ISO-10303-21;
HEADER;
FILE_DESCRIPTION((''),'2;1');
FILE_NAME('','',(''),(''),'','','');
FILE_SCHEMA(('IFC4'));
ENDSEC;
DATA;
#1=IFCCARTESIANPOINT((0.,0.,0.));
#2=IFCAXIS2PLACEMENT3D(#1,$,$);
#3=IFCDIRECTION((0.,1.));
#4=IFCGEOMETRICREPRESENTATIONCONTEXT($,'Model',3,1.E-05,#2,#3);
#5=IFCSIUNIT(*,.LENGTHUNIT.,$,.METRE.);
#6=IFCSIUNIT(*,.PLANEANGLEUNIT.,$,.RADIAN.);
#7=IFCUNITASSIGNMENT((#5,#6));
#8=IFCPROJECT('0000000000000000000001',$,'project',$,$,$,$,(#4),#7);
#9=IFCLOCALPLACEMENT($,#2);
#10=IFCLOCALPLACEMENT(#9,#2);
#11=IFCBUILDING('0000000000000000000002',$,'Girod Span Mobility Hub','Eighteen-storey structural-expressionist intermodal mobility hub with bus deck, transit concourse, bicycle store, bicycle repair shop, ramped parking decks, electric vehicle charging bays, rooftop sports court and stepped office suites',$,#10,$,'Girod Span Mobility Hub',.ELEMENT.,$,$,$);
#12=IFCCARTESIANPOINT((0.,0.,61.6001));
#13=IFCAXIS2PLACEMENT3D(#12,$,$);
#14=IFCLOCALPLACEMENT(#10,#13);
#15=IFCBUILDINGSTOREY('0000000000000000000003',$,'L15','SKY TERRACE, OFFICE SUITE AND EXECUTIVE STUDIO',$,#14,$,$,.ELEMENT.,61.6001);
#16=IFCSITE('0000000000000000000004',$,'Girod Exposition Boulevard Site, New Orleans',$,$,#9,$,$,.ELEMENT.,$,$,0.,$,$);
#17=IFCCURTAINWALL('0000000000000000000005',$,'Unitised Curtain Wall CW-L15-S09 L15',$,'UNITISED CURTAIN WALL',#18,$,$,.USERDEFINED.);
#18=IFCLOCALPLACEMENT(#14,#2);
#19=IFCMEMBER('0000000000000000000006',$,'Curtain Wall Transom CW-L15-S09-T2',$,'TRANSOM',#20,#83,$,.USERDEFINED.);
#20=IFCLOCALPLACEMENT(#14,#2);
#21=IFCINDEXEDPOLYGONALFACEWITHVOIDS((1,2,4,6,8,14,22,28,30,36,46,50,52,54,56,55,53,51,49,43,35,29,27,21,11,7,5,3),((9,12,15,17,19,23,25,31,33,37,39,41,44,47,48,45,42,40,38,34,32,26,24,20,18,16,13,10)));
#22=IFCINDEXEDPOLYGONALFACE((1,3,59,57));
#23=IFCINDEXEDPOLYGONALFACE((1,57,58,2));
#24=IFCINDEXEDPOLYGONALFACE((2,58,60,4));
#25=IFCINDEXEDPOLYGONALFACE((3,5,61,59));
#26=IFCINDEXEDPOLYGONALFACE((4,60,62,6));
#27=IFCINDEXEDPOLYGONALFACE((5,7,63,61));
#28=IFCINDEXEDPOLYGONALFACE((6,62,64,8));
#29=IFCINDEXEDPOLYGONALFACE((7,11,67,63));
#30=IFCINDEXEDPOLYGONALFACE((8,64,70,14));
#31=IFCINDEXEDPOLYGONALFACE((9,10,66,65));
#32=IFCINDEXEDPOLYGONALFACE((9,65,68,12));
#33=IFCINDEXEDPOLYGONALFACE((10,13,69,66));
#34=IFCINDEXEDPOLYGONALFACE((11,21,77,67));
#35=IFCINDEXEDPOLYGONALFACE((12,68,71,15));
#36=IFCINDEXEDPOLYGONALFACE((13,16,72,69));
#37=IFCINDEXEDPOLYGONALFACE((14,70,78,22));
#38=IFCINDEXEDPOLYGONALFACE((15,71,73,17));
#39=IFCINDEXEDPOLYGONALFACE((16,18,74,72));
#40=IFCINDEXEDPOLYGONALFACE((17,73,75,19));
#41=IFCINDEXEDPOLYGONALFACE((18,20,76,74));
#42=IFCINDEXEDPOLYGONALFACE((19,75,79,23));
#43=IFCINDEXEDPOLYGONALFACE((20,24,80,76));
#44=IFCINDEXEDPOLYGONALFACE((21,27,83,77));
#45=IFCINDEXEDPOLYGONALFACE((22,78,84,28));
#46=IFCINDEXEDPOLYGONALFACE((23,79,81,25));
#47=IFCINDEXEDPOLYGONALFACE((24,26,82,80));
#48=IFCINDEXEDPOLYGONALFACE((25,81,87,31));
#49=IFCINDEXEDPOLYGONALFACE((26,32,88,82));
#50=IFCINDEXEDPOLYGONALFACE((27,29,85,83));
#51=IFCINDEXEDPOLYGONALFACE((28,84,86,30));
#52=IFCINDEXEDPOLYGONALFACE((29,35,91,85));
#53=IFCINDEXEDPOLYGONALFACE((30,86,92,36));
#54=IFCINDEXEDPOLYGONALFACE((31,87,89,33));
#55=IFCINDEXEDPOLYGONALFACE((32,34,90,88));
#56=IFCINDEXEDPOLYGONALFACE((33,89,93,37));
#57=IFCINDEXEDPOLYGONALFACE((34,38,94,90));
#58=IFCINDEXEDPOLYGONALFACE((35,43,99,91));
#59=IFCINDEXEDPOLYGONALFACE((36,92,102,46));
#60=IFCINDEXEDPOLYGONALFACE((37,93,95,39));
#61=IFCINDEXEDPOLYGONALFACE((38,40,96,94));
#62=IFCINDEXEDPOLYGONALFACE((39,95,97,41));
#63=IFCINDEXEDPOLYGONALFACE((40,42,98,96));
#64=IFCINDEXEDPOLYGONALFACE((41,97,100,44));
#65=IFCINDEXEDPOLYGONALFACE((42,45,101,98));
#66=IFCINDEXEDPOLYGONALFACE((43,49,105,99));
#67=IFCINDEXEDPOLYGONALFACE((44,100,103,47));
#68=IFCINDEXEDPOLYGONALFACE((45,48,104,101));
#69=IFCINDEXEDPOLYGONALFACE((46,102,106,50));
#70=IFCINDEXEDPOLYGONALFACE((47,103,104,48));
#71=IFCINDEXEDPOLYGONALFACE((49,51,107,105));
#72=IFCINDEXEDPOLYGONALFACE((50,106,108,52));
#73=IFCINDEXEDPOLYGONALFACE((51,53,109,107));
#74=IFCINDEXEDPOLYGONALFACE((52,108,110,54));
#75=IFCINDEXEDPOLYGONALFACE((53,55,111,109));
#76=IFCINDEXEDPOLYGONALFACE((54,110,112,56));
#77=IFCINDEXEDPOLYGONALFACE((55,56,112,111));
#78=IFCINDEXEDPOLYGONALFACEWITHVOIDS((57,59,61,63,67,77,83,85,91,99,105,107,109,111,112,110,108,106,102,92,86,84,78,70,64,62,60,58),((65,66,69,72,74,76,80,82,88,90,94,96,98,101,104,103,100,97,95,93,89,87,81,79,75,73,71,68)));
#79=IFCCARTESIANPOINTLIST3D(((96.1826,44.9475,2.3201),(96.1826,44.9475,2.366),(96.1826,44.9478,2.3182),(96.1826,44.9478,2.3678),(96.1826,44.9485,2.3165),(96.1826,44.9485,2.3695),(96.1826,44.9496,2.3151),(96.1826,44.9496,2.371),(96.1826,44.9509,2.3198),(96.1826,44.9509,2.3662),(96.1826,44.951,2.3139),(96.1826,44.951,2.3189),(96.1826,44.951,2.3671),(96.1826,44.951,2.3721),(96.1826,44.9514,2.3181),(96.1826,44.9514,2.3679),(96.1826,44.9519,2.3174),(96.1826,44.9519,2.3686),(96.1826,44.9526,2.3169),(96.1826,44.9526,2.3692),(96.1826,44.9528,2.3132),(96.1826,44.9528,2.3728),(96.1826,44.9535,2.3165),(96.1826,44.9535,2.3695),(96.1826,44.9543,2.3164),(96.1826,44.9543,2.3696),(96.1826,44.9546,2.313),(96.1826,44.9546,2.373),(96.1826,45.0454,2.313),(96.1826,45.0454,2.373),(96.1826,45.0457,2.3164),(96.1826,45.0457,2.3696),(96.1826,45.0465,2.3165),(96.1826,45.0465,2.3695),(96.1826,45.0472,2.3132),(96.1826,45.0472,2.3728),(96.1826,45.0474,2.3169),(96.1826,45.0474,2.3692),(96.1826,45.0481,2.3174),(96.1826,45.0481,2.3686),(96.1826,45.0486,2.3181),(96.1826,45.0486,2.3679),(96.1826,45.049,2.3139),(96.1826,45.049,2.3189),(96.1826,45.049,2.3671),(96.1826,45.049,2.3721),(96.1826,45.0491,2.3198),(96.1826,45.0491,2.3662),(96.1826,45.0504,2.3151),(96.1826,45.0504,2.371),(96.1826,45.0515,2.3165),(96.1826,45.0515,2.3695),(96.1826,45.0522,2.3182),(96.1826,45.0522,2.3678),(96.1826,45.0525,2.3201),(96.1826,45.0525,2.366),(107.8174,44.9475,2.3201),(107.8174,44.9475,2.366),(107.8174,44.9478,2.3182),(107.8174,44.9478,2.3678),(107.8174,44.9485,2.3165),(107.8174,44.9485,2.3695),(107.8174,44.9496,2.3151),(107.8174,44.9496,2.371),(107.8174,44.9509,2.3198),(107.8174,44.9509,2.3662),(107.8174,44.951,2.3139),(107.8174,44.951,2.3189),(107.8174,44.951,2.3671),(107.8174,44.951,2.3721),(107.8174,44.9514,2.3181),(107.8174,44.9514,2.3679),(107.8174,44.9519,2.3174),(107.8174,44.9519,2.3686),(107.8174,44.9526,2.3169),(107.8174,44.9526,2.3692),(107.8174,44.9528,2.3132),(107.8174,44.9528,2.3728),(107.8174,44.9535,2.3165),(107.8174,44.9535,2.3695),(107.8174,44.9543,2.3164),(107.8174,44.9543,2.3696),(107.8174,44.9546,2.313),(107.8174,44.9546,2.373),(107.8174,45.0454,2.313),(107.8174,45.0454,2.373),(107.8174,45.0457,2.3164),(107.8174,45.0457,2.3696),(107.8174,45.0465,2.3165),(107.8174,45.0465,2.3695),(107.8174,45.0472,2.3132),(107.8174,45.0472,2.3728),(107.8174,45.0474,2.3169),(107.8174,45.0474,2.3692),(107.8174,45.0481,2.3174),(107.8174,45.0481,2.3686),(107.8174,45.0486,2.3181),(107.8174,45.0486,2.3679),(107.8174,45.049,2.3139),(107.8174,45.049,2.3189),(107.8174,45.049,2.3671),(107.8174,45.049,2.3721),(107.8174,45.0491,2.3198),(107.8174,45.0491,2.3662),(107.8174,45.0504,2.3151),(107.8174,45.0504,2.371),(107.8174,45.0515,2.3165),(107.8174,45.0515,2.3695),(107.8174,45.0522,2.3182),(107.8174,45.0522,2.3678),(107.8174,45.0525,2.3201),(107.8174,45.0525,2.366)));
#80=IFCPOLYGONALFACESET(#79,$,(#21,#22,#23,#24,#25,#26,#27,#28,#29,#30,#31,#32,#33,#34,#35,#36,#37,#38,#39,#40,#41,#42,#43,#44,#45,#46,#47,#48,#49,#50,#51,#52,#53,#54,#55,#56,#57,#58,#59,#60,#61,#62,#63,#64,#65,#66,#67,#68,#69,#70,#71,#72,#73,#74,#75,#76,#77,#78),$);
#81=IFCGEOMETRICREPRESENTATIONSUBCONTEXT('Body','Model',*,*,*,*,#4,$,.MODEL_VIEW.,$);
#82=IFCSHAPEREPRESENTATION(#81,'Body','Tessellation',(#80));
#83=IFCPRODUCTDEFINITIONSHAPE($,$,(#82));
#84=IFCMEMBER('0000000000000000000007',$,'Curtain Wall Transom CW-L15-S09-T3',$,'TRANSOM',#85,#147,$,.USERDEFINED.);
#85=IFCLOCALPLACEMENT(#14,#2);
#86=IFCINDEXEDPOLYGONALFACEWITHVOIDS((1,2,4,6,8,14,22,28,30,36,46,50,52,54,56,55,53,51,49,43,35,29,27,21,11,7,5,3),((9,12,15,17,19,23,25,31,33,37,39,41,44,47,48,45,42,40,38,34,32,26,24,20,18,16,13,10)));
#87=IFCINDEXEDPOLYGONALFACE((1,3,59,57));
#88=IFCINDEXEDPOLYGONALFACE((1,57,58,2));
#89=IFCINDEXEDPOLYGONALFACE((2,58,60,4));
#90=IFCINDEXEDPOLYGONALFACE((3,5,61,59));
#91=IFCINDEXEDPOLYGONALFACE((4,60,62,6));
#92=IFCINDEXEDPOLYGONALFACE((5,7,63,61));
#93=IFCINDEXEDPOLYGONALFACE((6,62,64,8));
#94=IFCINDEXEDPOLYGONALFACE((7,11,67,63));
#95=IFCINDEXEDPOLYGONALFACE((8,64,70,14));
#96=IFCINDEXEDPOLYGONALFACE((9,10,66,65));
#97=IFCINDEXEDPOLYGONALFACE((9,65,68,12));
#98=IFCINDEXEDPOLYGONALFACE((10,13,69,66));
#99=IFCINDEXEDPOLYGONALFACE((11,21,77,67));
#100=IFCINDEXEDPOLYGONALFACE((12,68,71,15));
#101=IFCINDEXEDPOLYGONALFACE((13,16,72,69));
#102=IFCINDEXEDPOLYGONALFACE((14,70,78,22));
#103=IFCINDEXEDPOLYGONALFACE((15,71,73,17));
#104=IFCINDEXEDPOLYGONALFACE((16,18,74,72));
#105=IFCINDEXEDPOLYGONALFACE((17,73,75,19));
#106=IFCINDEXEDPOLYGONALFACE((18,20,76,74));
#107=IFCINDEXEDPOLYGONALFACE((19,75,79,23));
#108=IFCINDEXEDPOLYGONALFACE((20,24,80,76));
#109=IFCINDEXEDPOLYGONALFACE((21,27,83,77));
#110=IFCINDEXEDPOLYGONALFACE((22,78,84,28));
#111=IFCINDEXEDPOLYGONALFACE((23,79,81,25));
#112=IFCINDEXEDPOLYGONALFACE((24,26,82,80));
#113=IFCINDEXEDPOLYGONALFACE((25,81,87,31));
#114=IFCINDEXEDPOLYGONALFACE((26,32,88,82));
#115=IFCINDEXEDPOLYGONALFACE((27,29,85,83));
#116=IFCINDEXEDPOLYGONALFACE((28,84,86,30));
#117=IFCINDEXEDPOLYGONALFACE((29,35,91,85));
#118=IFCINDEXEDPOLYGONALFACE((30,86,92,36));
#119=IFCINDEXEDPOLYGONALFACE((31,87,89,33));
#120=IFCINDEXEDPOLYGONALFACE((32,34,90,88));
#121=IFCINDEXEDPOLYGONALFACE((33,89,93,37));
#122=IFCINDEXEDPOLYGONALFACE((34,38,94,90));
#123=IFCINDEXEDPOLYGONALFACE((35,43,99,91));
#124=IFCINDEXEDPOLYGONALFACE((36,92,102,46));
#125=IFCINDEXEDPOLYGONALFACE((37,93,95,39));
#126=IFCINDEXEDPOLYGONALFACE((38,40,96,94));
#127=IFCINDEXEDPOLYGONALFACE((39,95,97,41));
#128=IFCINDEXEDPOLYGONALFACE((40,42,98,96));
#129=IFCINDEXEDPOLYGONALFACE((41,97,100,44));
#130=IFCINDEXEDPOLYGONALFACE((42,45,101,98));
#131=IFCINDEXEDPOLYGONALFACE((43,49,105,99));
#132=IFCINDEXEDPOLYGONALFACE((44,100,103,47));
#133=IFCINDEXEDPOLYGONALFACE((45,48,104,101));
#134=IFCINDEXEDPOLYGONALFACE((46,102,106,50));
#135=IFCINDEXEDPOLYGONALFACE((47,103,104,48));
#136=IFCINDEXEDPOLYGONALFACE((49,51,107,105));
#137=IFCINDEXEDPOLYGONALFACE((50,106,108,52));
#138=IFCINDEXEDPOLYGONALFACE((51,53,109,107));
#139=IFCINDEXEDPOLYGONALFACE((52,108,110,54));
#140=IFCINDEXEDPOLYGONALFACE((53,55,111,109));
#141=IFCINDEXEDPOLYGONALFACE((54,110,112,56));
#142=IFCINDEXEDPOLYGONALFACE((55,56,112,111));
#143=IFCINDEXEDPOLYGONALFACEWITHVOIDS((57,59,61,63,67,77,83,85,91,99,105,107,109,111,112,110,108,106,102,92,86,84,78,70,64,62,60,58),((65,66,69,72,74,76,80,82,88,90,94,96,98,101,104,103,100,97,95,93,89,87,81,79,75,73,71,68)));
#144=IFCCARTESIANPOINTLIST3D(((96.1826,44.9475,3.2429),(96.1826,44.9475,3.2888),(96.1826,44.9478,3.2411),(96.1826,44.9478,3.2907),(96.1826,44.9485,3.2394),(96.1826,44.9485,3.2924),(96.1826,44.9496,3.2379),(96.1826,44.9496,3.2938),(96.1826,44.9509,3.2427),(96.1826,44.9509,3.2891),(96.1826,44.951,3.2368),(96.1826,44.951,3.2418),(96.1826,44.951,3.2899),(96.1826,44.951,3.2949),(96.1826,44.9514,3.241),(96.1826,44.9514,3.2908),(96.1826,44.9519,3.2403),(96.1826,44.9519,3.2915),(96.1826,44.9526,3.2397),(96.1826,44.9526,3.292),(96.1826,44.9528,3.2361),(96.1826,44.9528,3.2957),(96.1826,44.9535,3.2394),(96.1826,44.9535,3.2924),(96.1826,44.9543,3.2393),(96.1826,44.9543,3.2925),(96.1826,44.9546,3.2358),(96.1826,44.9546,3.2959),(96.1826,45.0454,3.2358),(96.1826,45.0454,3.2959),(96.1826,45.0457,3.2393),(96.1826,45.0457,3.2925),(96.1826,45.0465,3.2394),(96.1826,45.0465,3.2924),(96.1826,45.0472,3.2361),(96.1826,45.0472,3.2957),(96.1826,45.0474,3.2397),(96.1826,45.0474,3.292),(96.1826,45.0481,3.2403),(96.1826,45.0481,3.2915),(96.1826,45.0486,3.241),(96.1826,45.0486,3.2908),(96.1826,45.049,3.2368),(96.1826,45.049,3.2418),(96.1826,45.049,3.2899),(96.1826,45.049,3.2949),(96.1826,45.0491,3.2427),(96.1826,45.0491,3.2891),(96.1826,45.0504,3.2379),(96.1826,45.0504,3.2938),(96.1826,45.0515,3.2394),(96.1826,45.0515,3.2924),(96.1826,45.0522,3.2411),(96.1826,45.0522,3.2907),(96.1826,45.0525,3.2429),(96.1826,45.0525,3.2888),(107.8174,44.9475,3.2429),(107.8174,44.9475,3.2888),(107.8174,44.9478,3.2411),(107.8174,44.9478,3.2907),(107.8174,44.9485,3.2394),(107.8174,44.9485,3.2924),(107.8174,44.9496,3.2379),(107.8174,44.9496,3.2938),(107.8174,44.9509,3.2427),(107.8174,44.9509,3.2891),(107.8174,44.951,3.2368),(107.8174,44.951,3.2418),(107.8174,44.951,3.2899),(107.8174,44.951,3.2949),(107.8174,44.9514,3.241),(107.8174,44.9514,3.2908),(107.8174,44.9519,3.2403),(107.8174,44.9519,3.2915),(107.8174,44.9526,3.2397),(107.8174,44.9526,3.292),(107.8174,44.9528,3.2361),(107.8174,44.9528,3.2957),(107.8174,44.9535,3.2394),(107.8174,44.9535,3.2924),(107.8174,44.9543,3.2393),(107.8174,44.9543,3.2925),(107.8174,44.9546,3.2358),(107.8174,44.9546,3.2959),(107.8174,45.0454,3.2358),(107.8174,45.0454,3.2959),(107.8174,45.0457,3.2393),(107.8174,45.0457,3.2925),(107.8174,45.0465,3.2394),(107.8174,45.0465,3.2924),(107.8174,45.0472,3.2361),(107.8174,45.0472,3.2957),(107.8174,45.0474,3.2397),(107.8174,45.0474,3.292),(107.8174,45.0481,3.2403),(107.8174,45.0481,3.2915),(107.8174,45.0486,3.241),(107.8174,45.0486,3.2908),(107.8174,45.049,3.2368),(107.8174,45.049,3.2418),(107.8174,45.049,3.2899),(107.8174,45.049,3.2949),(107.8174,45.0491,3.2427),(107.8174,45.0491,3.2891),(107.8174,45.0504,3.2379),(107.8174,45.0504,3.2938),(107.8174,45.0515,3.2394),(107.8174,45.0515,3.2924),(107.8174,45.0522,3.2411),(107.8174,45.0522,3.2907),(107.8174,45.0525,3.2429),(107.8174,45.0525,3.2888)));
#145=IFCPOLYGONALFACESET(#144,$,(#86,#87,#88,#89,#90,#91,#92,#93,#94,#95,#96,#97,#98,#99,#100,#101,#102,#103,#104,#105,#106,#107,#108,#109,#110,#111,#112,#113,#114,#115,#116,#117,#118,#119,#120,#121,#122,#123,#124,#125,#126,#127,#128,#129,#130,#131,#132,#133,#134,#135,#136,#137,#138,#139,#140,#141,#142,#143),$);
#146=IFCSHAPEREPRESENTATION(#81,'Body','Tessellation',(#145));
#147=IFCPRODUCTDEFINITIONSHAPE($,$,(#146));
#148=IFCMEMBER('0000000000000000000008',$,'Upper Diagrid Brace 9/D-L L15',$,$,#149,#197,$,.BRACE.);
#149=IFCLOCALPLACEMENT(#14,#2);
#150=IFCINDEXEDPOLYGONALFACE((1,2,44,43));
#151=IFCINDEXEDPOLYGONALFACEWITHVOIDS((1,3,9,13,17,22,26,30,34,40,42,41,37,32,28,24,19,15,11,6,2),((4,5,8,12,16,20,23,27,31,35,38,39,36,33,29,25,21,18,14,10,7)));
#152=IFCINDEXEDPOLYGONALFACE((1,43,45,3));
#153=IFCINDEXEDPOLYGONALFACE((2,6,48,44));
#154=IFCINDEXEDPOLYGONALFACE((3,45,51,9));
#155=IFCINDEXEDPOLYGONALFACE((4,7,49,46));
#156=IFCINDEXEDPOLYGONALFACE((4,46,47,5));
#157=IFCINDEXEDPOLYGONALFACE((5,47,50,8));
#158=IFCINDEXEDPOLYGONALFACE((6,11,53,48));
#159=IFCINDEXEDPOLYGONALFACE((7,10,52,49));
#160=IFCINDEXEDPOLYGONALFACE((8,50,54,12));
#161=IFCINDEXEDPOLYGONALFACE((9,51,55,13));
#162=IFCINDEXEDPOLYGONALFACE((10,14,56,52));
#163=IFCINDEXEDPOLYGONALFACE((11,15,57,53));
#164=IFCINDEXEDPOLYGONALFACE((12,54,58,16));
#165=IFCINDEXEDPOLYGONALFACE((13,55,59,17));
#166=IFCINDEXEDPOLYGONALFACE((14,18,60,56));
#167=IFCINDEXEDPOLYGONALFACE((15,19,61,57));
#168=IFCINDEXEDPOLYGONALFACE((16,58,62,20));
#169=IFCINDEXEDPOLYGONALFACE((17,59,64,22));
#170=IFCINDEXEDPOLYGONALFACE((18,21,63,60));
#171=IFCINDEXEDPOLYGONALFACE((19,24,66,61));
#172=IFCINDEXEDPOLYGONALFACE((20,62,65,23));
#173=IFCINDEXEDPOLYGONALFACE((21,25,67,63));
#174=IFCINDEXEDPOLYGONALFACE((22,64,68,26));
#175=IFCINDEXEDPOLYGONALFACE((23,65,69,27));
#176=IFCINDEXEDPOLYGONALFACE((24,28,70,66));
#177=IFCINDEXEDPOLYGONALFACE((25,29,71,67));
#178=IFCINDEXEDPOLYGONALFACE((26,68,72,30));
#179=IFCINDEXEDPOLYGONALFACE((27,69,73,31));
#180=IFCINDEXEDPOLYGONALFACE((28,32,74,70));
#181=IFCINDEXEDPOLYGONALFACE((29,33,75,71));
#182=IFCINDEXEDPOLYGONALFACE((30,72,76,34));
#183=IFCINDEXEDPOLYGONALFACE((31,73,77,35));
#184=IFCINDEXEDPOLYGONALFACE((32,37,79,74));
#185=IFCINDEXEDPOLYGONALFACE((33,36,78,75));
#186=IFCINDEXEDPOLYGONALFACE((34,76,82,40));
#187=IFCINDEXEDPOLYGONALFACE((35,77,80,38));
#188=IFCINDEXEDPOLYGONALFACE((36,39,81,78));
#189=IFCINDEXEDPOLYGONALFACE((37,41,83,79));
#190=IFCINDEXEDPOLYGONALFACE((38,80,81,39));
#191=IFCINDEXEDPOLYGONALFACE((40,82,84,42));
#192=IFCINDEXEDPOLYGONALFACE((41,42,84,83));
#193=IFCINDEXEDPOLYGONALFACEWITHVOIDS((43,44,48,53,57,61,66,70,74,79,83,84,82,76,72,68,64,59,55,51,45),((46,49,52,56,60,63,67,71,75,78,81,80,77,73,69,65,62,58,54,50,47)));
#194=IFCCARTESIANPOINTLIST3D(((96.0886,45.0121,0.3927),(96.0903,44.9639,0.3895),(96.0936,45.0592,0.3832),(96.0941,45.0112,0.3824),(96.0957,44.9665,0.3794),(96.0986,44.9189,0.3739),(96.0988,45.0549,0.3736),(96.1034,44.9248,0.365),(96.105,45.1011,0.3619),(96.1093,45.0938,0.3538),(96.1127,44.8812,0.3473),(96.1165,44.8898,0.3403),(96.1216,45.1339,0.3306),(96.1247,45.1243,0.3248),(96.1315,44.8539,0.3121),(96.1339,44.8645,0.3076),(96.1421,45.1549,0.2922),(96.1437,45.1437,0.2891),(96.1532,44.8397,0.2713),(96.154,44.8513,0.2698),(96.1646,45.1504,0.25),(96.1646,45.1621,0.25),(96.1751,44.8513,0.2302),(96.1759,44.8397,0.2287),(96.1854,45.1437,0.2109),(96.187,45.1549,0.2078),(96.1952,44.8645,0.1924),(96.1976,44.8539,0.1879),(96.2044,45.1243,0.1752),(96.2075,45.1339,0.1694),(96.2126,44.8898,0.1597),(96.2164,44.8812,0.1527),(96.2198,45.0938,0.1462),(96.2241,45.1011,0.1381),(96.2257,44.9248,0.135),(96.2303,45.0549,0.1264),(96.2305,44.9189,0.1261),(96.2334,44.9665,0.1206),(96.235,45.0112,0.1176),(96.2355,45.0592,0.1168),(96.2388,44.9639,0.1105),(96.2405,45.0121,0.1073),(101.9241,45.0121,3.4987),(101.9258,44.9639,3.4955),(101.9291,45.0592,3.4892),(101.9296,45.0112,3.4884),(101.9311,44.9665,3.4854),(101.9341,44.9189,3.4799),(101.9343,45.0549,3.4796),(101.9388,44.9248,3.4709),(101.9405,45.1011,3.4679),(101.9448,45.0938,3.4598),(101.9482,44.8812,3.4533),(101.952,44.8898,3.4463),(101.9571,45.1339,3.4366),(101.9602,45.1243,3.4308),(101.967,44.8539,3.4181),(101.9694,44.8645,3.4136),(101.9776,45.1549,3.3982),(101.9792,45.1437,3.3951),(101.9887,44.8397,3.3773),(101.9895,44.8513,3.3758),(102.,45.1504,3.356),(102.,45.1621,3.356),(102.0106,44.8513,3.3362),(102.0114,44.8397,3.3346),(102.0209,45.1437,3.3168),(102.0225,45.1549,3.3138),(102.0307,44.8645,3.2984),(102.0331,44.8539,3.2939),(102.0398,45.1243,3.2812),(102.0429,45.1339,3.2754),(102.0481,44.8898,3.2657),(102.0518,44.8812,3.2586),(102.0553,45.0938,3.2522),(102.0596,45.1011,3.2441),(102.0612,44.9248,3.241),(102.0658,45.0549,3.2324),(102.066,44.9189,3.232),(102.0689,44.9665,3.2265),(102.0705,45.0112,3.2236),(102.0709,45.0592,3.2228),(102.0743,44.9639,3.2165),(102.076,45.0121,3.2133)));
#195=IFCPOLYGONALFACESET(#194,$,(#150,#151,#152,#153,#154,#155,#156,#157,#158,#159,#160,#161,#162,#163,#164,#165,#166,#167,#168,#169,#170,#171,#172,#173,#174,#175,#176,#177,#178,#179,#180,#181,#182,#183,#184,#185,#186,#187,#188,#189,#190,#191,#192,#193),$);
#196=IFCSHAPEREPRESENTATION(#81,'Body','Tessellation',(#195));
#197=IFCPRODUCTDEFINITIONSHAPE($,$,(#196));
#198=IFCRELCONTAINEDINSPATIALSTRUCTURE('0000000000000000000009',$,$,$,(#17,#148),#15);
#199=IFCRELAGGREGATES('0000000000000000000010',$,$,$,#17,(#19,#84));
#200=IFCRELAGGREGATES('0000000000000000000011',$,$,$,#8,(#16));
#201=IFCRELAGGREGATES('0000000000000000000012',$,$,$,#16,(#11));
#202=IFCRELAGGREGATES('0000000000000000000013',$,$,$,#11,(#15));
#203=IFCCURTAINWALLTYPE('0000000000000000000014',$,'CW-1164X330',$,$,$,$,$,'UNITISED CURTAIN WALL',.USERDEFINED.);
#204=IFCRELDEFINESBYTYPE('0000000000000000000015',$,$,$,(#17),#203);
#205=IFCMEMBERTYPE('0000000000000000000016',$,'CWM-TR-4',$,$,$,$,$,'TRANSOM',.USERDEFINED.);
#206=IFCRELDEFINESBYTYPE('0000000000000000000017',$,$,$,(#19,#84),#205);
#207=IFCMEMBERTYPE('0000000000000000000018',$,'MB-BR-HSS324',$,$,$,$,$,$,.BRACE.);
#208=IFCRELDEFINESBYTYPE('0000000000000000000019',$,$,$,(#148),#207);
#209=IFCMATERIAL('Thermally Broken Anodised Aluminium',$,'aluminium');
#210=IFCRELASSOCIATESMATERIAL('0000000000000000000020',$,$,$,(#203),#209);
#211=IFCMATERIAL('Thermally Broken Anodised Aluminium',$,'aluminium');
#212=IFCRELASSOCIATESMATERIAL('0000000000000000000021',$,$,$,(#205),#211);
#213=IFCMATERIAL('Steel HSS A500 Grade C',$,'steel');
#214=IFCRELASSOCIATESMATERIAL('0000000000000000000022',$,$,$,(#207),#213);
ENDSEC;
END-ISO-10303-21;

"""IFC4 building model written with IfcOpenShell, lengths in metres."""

from ifc_helpers import new_model, si_unit, direction, frame, origin, origin_2d, place, context, subcontext, project, spatial, hollow_rectangle, hollow_circle, extrude, material, material_profile, profile_set, type_object, element, aggregate, save


model = new_model("IFC4")

# Units and contexts
model_context = context("Model", 3, precision=1e-05, world=origin(), true_north=direction((0.0, 1.0)))
body_context = subcontext(model_context, "Body", "Model", "MODEL_VIEW")
ifc_project = project(units=[si_unit("LENGTHUNIT", "METRE"), si_unit("PLANEANGLEUNIT", "RADIAN")], contexts=[model_context])

# Site, building, storey
site_placement = place(None, origin())
site = spatial("IfcSite", under=ifc_project, at=site_placement, Name="Girod Exposition Boulevard Site, New Orleans", CompositionType="ELEMENT", RefElevation=0.0)
building_placement = place(site_placement, origin())
building = spatial("IfcBuilding", under=site, at=building_placement, Name="Girod Span Mobility Hub", Description="Eighteen-storey structural-expressionist intermodal mobility hub with bus deck, transit concourse, bicycle store, bicycle repair shop, ramped parking decks, electric vehicle charging bays, rooftop sports court and stepped office suites", LongName="Girod Span Mobility Hub", CompositionType="ELEMENT")
storey_placement = place(building_placement, frame((0.0, 0.0, 61.6001)))
storey = spatial("IfcBuildingStorey", under=building, at=storey_placement, Name="L15", Description="SKY TERRACE, OFFICE SUITE AND EXECUTIVE STUDIO", CompositionType="ELEMENT", Elevation=61.6001)

# Shared definitions
ifc_material_1 = material(Name="Thermally Broken Anodised Aluminium", Category="aluminium")
curtain_wall_type = type_object("IfcCurtainWallType", Name="CW-1164X330", ElementType="UNITISED CURTAIN WALL", PredefinedType="USERDEFINED", material=ifc_material_1)

# Curtain wall, members
ifc_material_2 = material(Name="Thermally Broken Anodised Aluminium", Category="aluminium")
ifc_material_profile_1 = material_profile(ifc_material_2, hollow_rectangle(XDim=0.105, YDim=0.0601, WallThickness=0.0034, InnerFilletRadius=0.0034, OuterFilletRadius=0.0071, at=origin_2d()), Name="CW-TR-60X105")
ifc_profile_set_1 = profile_set([ifc_material_profile_1], Name="Thermally Broken Anodised Aluminium")
member_type_1 = type_object("IfcMemberType", Name="CWM-TR-4", ElementType="TRANSOM", PredefinedType="USERDEFINED", material=ifc_profile_set_1)
curtain_wall_1_placement = place(storey_placement, origin())
curtain_wall_1 = element("IfcCurtainWall", 1, at=curtain_wall_1_placement, inside=storey, type_object=curtain_wall_type, Name="Unitised Curtain Wall CW-L15-S09 L15", ObjectType="UNITISED CURTAIN WALL", PredefinedType="USERDEFINED")
member_1_placement = place(storey_placement, frame((96.1826, 45.0, 2.343), z_axis=(1.0, 0.0, 0.0), x_axis=(0.0, 1.0, 0.0)))
member_1 = element("IfcMember", 2, at=member_1_placement, type_object=member_type_1, Name="Curtain Wall Transom CW-L15-S09-T2", ObjectType="TRANSOM", PredefinedType="USERDEFINED", context=body_context, shape_type="SweptSolid", body=[
    extrude(hollow_rectangle(XDim=0.105, YDim=0.0601, WallThickness=0.0034, InnerFilletRadius=0.0034, OuterFilletRadius=0.0071, at=origin_2d()), origin(), (0.0, 0.0, 1.0), 11.6348),
])
member_2_placement = place(storey_placement, frame((96.1826, 45.0, 3.2659), z_axis=(1.0, 0.0, 0.0), x_axis=(0.0, 1.0, 0.0)))
member_2 = element("IfcMember", 3, at=member_2_placement, type_object=member_type_1, Name="Curtain Wall Transom CW-L15-S09-T3", ObjectType="TRANSOM", PredefinedType="USERDEFINED", context=body_context, shape_type="SweptSolid", body=[
    extrude(hollow_rectangle(XDim=0.105, YDim=0.0601, WallThickness=0.0034, InnerFilletRadius=0.0034, OuterFilletRadius=0.0071, at=origin_2d()), origin(), (0.0, 0.0, 1.0), 11.6348),
])
aggregate(curtain_wall_1, [member_1, member_2])

# Member
ifc_material_3 = material(Name="Steel HSS A500 Grade C", Category="steel")
ifc_material_profile_2 = material_profile(ifc_material_3, hollow_circle(Radius=0.1621, WallThickness=0.0117, at=origin_2d()), Name="HSS324X12.7")
ifc_profile_set_2 = profile_set([ifc_material_profile_2], Name="Steel HSS A500 Grade C")
member_type_2 = type_object("IfcMemberType", Name="MB-BR-HSS324", PredefinedType="BRACE", material=ifc_profile_set_2)
member_3_placement = place(storey_placement, frame((96.1646, 45.0, 0.25), z_axis=(0.882747, 0.0, 0.469848), x_axis=(0.0, 1.0, 0.0)))
element("IfcMember", 4, at=member_3_placement, inside=storey, type_object=member_type_2, Name="Upper Diagrid Brace 9/D-L L15", PredefinedType="BRACE", context=body_context, shape_type="SweptSolid", body=[
    extrude(hollow_circle(Radius=0.1621, WallThickness=0.0117, at=origin_2d()), origin(), (0.0, 0.0, 1.0), 6.6106),
])

save(model, "model.ifc")
